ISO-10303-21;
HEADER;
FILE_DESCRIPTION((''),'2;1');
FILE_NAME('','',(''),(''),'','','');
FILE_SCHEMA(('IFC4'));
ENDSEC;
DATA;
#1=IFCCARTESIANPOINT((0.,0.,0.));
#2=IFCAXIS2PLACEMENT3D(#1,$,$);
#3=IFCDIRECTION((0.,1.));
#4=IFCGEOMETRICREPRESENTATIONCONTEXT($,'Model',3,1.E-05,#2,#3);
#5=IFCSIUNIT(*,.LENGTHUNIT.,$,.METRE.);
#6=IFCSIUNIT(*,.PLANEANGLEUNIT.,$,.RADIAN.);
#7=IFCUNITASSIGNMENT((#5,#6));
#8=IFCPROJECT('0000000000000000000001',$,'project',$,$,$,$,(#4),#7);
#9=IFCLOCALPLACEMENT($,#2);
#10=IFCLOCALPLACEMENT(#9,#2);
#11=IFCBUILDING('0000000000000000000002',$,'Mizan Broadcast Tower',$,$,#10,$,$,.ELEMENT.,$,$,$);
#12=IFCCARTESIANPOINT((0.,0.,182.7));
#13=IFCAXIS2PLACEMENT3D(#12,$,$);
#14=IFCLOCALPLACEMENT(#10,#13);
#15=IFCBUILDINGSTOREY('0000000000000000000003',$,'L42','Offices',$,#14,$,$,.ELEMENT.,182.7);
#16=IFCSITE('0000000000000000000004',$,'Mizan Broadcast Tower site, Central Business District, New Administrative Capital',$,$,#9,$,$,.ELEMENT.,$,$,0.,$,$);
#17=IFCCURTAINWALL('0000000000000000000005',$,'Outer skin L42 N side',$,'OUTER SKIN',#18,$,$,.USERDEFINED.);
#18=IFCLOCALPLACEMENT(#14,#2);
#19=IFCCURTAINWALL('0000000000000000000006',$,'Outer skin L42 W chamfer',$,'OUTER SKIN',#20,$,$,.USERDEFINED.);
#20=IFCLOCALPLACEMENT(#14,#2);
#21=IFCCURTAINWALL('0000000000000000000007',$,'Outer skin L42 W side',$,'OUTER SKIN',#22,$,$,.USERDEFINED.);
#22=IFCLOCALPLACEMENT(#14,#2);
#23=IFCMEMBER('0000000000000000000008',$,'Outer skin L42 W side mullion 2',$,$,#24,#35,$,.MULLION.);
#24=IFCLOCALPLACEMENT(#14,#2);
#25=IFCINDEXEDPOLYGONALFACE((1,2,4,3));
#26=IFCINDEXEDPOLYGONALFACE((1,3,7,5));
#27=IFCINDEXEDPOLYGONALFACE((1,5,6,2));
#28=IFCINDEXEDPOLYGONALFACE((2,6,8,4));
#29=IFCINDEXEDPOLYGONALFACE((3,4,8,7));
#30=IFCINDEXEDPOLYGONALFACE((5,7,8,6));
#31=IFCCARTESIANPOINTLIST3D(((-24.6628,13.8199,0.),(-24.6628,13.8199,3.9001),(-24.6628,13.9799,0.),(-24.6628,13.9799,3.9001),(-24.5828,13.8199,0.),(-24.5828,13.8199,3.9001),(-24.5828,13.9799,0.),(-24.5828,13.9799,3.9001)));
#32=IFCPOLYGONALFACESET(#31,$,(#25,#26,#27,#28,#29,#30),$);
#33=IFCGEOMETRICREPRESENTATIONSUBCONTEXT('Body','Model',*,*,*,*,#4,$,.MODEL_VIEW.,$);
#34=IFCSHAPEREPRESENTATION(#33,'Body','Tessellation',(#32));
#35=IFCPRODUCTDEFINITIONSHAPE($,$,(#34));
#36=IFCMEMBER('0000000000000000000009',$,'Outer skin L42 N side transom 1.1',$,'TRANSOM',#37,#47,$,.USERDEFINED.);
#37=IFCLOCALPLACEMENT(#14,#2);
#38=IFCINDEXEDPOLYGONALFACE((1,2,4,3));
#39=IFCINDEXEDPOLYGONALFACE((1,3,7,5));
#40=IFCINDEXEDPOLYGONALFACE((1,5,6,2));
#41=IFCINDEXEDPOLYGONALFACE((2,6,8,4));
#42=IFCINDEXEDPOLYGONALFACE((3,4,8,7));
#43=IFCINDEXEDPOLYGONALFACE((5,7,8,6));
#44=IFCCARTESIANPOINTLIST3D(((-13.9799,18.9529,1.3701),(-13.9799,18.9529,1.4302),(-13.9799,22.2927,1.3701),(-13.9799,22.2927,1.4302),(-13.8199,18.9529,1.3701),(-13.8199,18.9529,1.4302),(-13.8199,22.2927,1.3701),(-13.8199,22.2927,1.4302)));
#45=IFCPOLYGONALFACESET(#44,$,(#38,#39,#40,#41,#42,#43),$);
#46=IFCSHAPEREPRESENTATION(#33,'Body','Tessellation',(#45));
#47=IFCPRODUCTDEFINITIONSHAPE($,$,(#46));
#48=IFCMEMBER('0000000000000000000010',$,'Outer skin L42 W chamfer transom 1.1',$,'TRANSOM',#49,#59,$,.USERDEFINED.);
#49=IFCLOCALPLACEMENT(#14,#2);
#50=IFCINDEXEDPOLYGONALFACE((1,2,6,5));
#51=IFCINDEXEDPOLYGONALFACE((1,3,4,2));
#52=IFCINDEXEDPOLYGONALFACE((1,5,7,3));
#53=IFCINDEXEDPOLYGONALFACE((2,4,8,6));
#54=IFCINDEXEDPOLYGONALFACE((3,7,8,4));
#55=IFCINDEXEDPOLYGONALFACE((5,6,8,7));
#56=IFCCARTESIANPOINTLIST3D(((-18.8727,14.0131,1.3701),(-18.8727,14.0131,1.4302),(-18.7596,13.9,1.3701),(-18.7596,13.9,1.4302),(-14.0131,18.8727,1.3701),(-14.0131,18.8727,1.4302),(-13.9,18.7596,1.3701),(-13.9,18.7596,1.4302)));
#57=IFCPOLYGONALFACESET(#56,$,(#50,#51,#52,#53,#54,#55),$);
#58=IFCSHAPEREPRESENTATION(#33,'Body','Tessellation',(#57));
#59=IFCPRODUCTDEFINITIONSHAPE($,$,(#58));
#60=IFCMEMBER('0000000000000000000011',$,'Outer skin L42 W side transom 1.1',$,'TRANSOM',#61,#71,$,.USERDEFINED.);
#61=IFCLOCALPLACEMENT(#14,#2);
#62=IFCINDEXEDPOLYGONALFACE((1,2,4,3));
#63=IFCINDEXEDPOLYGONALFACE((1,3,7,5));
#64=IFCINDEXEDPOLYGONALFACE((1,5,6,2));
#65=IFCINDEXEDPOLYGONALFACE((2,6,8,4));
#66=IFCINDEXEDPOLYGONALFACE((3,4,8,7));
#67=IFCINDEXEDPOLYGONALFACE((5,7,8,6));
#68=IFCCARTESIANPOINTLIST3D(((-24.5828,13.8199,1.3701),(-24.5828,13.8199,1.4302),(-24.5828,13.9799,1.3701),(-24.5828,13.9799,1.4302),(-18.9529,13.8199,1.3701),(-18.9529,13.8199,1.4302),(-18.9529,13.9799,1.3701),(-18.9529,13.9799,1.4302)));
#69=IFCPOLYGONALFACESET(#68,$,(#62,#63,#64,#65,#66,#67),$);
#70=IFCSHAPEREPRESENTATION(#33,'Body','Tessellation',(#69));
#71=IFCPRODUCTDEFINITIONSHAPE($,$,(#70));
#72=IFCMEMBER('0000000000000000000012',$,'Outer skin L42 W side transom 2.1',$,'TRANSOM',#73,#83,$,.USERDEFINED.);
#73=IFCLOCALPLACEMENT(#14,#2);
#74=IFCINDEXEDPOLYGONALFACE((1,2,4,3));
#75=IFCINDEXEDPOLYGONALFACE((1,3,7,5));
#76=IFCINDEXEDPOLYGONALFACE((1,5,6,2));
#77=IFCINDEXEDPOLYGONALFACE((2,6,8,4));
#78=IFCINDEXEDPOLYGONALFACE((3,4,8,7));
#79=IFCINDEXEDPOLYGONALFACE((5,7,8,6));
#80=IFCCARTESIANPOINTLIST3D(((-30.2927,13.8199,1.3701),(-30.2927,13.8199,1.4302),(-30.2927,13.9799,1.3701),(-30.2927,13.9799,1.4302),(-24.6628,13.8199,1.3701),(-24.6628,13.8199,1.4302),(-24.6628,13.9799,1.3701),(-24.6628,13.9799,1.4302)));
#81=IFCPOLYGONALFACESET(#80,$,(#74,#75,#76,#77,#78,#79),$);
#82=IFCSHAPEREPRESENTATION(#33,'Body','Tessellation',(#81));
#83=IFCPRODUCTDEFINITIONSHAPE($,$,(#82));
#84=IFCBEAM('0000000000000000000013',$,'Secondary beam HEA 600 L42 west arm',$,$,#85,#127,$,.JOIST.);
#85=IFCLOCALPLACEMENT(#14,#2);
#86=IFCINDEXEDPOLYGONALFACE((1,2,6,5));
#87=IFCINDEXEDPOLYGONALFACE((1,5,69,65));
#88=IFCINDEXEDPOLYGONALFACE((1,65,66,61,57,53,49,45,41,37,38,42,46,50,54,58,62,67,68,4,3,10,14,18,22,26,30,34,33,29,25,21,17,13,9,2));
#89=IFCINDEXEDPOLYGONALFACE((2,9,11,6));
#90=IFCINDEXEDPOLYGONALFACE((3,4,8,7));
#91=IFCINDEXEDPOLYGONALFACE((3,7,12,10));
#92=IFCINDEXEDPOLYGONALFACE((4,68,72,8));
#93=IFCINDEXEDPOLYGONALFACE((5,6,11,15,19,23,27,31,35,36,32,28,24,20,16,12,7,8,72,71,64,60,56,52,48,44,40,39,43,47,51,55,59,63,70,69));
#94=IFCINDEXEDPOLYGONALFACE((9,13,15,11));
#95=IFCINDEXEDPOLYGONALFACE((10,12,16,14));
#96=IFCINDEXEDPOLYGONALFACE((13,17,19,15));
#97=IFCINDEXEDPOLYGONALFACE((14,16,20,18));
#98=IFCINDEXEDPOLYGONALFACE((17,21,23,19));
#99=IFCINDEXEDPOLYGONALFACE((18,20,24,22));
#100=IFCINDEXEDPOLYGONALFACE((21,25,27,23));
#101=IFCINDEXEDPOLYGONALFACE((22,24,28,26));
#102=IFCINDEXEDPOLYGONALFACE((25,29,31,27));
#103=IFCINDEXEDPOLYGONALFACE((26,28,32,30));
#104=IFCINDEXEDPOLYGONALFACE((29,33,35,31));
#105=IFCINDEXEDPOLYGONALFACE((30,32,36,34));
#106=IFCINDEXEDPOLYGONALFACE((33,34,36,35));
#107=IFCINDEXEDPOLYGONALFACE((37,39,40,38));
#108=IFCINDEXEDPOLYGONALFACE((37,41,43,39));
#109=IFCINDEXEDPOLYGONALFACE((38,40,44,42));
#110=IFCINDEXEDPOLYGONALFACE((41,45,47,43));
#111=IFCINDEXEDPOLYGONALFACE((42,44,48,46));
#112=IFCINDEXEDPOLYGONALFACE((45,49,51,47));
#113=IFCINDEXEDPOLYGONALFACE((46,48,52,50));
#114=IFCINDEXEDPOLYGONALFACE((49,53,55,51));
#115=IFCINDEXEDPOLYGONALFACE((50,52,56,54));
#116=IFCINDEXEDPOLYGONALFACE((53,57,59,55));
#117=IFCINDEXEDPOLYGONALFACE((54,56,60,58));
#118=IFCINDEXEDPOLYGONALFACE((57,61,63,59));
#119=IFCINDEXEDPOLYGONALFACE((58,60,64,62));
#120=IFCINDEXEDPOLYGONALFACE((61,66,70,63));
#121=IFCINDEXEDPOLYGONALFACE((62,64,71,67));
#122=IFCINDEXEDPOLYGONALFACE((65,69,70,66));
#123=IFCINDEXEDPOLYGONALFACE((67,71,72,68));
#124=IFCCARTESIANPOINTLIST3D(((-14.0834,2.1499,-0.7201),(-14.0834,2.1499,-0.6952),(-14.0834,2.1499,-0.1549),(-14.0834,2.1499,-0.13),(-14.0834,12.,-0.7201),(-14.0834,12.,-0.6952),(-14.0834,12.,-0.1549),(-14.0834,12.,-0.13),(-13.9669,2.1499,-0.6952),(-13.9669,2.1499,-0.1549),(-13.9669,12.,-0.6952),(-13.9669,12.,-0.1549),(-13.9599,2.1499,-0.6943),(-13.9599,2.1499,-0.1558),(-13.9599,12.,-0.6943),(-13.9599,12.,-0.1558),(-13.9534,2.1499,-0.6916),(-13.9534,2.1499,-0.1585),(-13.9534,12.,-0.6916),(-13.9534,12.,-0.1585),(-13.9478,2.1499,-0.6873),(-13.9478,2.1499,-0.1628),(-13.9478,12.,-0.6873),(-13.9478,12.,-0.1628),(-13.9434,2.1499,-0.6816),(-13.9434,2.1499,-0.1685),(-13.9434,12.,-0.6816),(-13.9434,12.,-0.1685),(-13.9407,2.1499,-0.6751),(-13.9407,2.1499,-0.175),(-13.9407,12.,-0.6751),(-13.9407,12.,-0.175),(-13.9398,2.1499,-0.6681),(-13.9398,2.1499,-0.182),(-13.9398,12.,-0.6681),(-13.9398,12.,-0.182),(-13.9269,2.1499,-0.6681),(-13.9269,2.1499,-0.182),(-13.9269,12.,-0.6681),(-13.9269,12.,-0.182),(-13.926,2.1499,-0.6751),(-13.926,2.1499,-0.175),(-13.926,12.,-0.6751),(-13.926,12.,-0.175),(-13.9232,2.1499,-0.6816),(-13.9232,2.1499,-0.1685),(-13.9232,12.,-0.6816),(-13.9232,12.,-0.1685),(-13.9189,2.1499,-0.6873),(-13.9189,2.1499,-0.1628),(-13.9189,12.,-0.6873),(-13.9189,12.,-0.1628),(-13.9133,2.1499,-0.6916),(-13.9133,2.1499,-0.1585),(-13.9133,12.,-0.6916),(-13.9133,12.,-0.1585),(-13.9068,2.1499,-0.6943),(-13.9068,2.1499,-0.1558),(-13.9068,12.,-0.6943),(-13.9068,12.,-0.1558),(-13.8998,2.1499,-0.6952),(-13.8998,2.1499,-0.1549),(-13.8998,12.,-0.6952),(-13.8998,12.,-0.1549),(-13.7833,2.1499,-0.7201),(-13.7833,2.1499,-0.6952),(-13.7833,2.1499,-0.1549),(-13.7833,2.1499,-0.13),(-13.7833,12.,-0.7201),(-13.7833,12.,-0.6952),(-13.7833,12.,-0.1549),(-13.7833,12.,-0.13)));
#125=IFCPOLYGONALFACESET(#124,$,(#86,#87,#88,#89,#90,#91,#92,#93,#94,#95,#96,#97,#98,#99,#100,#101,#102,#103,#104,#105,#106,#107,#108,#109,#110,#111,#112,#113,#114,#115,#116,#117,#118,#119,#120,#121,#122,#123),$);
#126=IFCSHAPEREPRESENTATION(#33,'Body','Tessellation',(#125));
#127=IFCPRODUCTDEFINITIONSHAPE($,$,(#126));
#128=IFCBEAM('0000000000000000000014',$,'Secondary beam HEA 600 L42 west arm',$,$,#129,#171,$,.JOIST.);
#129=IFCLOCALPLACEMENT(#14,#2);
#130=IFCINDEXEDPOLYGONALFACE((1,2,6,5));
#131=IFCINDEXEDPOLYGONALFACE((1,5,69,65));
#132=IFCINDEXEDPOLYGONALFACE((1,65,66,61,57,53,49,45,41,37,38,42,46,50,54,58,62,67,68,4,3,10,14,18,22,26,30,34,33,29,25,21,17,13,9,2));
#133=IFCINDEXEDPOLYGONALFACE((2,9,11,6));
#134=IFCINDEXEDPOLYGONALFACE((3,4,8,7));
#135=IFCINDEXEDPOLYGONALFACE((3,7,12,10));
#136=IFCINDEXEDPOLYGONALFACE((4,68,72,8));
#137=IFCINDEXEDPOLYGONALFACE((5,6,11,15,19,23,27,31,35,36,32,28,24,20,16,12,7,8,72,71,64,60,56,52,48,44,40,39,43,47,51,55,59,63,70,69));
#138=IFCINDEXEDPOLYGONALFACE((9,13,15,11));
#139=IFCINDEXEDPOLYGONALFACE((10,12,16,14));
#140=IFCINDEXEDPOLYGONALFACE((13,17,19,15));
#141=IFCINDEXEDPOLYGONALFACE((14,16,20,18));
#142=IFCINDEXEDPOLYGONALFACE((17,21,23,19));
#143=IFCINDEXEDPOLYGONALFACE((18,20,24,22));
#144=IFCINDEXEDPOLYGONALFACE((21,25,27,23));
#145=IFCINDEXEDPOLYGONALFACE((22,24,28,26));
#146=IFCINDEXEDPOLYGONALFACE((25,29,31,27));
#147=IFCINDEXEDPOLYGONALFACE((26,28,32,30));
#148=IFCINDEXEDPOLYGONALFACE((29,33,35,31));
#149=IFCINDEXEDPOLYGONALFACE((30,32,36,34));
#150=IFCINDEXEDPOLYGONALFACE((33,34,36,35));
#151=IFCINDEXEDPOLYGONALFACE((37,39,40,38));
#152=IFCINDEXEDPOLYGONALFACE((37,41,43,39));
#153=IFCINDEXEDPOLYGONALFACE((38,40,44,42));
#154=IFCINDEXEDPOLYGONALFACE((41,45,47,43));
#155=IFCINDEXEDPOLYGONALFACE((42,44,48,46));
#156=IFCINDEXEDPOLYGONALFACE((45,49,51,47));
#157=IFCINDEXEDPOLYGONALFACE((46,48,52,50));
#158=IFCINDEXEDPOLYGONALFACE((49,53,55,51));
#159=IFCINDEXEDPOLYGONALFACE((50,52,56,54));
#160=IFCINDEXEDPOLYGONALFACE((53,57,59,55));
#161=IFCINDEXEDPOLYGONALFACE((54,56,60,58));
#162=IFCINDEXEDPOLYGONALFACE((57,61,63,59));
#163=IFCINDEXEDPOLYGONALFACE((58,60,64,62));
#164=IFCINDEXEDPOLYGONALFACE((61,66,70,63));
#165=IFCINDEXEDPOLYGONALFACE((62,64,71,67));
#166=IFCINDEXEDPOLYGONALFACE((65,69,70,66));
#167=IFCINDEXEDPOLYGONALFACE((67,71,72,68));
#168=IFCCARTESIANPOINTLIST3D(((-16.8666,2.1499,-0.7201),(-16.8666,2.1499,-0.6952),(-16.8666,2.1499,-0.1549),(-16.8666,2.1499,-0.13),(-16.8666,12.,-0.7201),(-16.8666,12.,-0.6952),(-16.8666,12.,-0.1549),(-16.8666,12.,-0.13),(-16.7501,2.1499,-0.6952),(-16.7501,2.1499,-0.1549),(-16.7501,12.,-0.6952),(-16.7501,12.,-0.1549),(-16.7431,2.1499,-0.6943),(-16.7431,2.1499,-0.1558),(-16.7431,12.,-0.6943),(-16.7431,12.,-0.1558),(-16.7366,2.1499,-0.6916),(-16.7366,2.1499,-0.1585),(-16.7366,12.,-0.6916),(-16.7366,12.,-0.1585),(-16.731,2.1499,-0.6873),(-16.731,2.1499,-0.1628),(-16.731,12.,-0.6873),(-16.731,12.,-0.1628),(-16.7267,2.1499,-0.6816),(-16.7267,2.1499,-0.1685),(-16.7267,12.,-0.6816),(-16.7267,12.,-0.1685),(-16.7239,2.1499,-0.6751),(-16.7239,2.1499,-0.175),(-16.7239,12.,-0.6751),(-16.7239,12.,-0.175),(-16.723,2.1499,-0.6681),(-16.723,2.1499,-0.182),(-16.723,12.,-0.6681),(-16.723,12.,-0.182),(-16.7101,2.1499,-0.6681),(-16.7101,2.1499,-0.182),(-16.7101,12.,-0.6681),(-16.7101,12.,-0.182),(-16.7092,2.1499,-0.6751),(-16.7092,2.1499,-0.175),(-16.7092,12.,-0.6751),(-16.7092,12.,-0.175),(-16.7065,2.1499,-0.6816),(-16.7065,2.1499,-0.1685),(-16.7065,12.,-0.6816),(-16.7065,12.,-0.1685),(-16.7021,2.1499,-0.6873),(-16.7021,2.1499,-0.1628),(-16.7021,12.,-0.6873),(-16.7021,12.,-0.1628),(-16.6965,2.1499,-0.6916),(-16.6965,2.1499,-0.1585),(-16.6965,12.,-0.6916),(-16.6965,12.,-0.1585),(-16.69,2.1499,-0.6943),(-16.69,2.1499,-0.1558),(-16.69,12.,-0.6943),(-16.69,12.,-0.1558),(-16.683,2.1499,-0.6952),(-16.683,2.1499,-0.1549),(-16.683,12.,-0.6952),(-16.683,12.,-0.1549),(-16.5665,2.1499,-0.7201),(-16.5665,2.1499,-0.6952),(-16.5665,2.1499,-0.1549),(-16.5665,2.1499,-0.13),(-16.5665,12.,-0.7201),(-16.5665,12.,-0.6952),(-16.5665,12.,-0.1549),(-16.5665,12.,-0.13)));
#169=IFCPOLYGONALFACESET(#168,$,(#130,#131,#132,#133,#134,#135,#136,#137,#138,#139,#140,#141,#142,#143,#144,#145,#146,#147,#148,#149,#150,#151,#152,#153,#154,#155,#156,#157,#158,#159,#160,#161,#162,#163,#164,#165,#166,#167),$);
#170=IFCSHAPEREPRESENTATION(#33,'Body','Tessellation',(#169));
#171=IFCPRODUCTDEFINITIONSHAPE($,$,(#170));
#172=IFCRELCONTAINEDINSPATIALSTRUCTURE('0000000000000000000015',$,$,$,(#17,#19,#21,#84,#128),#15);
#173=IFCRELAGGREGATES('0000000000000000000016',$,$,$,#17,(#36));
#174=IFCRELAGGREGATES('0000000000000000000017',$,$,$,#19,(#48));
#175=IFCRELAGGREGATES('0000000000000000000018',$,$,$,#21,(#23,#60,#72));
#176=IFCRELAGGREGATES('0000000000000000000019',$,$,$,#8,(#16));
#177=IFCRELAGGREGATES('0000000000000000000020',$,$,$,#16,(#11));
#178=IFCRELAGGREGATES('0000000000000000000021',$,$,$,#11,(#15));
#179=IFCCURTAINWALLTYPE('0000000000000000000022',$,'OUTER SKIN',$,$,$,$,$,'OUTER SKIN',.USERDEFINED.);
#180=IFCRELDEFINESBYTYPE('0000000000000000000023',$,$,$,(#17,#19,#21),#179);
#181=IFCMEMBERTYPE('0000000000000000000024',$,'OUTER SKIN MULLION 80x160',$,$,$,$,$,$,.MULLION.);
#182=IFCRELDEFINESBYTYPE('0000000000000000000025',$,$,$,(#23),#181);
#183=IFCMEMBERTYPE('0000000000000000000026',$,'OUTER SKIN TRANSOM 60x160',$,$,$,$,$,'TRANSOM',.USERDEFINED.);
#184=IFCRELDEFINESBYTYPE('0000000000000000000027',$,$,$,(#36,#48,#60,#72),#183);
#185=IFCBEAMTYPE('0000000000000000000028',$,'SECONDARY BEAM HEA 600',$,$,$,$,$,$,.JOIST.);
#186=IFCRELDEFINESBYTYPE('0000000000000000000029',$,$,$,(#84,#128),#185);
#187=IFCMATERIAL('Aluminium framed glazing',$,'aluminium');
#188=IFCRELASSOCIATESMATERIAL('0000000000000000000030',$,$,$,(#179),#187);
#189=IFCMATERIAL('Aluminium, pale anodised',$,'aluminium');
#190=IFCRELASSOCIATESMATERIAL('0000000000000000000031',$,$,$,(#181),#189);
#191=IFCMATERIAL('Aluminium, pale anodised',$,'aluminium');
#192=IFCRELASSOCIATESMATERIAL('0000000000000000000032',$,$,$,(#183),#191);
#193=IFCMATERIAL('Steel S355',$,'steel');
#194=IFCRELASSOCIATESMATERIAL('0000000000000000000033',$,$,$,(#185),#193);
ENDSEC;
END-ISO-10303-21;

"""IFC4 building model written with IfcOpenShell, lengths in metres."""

from ifc_helpers import new_model, si_unit, direction, frame, origin, origin_2d, place, context, subcontext, project, spatial, rectangle, i_section, extrude, material, material_profile, profile_set, type_object, element, aggregate, save


model = new_model("IFC4")

# Units and contexts
model_context = context("Model", 3, precision=1e-05, world=origin(), true_north=direction((0.0, 1.0)))
body_context = subcontext(model_context, "Body", "Model", "MODEL_VIEW")
ifc_project = project(units=[si_unit("LENGTHUNIT", "METRE"), si_unit("PLANEANGLEUNIT", "RADIAN")], contexts=[model_context])

# Site, building, storey
site_placement = place(None, origin())
site = spatial("IfcSite", under=ifc_project, at=site_placement, Name="Mizan Broadcast Tower site, Central Business District, New Administrative Capital", CompositionType="ELEMENT", RefElevation=0.0)
building_placement = place(site_placement, origin())
building = spatial("IfcBuilding", under=site, at=building_placement, Name="Mizan Broadcast Tower", CompositionType="ELEMENT")
storey_placement = place(building_placement, frame((0.0, 0.0, 182.7)))
storey = spatial("IfcBuildingStorey", under=building, at=storey_placement, Name="L42", Description="Offices", CompositionType="ELEMENT", Elevation=182.7)

# Curtain walls, member
ifc_material_1 = material(Name="Aluminium framed glazing", Category="aluminium")
curtain_wall_type_1 = type_object("IfcCurtainWallType", Name="OUTER SKIN", ElementType="OUTER SKIN", PredefinedType="USERDEFINED", material=ifc_material_1)
ifc_material_2 = material(Name="Aluminium, pale anodised", Category="aluminium")
ifc_material_profile_1 = material_profile(ifc_material_2, rectangle(XDim=0.1599, YDim=0.0801, at=origin_2d()), Name="MULLION 160x80")
ifc_profile_set_1 = profile_set([ifc_material_profile_1], Name="Aluminium, pale anodised")
member_type_1 = type_object("IfcMemberType", Name="OUTER SKIN MULLION 80x160", PredefinedType="MULLION", material=ifc_profile_set_1)
curtain_wall_1_placement = place(storey_placement, origin())
curtain_wall_1 = element("IfcCurtainWall", 1, at=curtain_wall_1_placement, inside=storey, type_object=curtain_wall_type_1, Name="Outer skin L42 N side", ObjectType="OUTER SKIN", PredefinedType="USERDEFINED")
curtain_wall_2_placement = place(storey_placement, origin())
curtain_wall_2 = element("IfcCurtainWall", 2, at=curtain_wall_2_placement, inside=storey, type_object=curtain_wall_type_1, Name="Outer skin L42 W chamfer", ObjectType="OUTER SKIN", PredefinedType="USERDEFINED")
curtain_wall_3_placement = place(storey_placement, origin())
curtain_wall_3 = element("IfcCurtainWall", 3, at=curtain_wall_3_placement, inside=storey, type_object=curtain_wall_type_1, Name="Outer skin L42 W side", ObjectType="OUTER SKIN", PredefinedType="USERDEFINED")
member_1_placement = place(storey_placement, frame((-24.6228, 13.8999, 0.0), z_axis=(0.0, 0.0, 1.0), x_axis=(0.0, -1.0, 0.0)))
member_1 = element("IfcMember", 4, at=member_1_placement, type_object=member_type_1, Name="Outer skin L42 W side mullion 2", PredefinedType="MULLION", context=body_context, shape_type="SweptSolid", body=[
    extrude(rectangle(XDim=0.1599, YDim=0.0801, at=origin_2d()), origin(), (0.0, 0.0, 1.0), 3.9001),
])

# Members
ifc_material_3 = material(Name="Aluminium, pale anodised", Category="aluminium")
ifc_material_profile_2 = material_profile(ifc_material_3, rectangle(XDim=0.1599, YDim=0.0601, at=origin_2d()), Name="TRANSOM 160x60")
ifc_profile_set_2 = profile_set([ifc_material_profile_2], Name="Aluminium, pale anodised")
member_type_2 = type_object("IfcMemberType", Name="OUTER SKIN TRANSOM 60x160", ElementType="TRANSOM", PredefinedType="USERDEFINED", material=ifc_profile_set_2)
member_2_placement = place(storey_placement, frame((-13.8999, 22.2927, 1.4001), z_axis=(0.0, -1.0, 0.0), x_axis=(1.0, 0.0, 0.0)))
member_2 = element("IfcMember", 5, at=member_2_placement, type_object=member_type_2, Name="Outer skin L42 N side transom 1.1", ObjectType="TRANSOM", PredefinedType="USERDEFINED", context=body_context, shape_type="SweptSolid", body=[
    extrude(rectangle(XDim=0.1599, YDim=0.0601, at=origin_2d()), origin(), (0.0, 0.0, 1.0), 3.3398),
])
member_3_placement = place(storey_placement, frame((-13.9565, 18.8162, 1.4001), z_axis=(-0.707107, -0.707107, 0.0), x_axis=(0.707107, -0.707107, 0.0)))
member_3 = element("IfcMember", 6, at=member_3_placement, type_object=member_type_2, Name="Outer skin L42 W chamfer transom 1.1", ObjectType="TRANSOM", PredefinedType="USERDEFINED", context=body_context, shape_type="SweptSolid", body=[
    extrude(rectangle(XDim=0.1599, YDim=0.0601, at=origin_2d()), origin(), (0.0, 0.0, 1.0), 6.8726),
])
member_4_placement = place(storey_placement, frame((-18.9529, 13.8999, 1.4001), z_axis=(-1.0, 0.0, 0.0), x_axis=(0.0, -1.0, 0.0)))
member_4 = element("IfcMember", 7, at=member_4_placement, type_object=member_type_2, Name="Outer skin L42 W side transom 1.1", ObjectType="TRANSOM", PredefinedType="USERDEFINED", context=body_context, shape_type="SweptSolid", body=[
    extrude(rectangle(XDim=0.1599, YDim=0.0601, at=origin_2d()), origin(), (0.0, 0.0, 1.0), 5.6299),
])
member_5_placement = place(storey_placement, frame((-24.6628, 13.8999, 1.4001), z_axis=(-1.0, 0.0, 0.0), x_axis=(0.0, -1.0, 0.0)))
member_5 = element("IfcMember", 8, at=member_5_placement, type_object=member_type_2, Name="Outer skin L42 W side transom 2.1", ObjectType="TRANSOM", PredefinedType="USERDEFINED", context=body_context, shape_type="SweptSolid", body=[
    extrude(rectangle(XDim=0.1599, YDim=0.0601, at=origin_2d()), origin(), (0.0, 0.0, 1.0), 5.6299),
])

# Beams
ifc_material_4 = material(Name="Steel S355", Category="steel")
ifc_material_profile_3 = material_profile(ifc_material_4, i_section(OverallWidth=0.3, OverallDepth=0.5901, WebThickness=0.0129, FlangeThickness=0.0249, FilletRadius=0.0271, at=origin_2d()), Name="HEA 600")
ifc_profile_set_3 = profile_set([ifc_material_profile_3], Name="Steel S355")
beam_type_1 = type_object("IfcBeamType", Name="SECONDARY BEAM HEA 600", PredefinedType="JOIST", material=ifc_profile_set_3)
for number, where, z_axis, x_axis, name in (
    (9, (-13.9333, 12.0, -0.425), (0.0, -1.0, 0.0), (1.0, 0.0, 0.0), "Secondary beam HEA 600 L42 west arm"),
    (10, (-16.7166, 12.0, -0.425), (0.0, -1.0, 0.0), (1.0, 0.0, 0.0), "Secondary beam HEA 600 L42 west arm"),
):
    element("IfcBeam", number, at=place(storey_placement, frame(where, z_axis=z_axis, x_axis=x_axis)), inside=storey, type_object=beam_type_1, Name=name, PredefinedType="JOIST", context=body_context, shape_type="SweptSolid", body=[
        extrude(i_section(OverallWidth=0.3, OverallDepth=0.5901, WebThickness=0.0129, FlangeThickness=0.0249, FilletRadius=0.0271, at=origin_2d()), origin(), (0.0, 0.0, 1.0), 9.8501),
    ])

aggregate(curtain_wall_1, [member_2])
aggregate(curtain_wall_2, [member_3])
aggregate(curtain_wall_3, [member_1, member_4, member_5])

save(model, "model.ifc")
